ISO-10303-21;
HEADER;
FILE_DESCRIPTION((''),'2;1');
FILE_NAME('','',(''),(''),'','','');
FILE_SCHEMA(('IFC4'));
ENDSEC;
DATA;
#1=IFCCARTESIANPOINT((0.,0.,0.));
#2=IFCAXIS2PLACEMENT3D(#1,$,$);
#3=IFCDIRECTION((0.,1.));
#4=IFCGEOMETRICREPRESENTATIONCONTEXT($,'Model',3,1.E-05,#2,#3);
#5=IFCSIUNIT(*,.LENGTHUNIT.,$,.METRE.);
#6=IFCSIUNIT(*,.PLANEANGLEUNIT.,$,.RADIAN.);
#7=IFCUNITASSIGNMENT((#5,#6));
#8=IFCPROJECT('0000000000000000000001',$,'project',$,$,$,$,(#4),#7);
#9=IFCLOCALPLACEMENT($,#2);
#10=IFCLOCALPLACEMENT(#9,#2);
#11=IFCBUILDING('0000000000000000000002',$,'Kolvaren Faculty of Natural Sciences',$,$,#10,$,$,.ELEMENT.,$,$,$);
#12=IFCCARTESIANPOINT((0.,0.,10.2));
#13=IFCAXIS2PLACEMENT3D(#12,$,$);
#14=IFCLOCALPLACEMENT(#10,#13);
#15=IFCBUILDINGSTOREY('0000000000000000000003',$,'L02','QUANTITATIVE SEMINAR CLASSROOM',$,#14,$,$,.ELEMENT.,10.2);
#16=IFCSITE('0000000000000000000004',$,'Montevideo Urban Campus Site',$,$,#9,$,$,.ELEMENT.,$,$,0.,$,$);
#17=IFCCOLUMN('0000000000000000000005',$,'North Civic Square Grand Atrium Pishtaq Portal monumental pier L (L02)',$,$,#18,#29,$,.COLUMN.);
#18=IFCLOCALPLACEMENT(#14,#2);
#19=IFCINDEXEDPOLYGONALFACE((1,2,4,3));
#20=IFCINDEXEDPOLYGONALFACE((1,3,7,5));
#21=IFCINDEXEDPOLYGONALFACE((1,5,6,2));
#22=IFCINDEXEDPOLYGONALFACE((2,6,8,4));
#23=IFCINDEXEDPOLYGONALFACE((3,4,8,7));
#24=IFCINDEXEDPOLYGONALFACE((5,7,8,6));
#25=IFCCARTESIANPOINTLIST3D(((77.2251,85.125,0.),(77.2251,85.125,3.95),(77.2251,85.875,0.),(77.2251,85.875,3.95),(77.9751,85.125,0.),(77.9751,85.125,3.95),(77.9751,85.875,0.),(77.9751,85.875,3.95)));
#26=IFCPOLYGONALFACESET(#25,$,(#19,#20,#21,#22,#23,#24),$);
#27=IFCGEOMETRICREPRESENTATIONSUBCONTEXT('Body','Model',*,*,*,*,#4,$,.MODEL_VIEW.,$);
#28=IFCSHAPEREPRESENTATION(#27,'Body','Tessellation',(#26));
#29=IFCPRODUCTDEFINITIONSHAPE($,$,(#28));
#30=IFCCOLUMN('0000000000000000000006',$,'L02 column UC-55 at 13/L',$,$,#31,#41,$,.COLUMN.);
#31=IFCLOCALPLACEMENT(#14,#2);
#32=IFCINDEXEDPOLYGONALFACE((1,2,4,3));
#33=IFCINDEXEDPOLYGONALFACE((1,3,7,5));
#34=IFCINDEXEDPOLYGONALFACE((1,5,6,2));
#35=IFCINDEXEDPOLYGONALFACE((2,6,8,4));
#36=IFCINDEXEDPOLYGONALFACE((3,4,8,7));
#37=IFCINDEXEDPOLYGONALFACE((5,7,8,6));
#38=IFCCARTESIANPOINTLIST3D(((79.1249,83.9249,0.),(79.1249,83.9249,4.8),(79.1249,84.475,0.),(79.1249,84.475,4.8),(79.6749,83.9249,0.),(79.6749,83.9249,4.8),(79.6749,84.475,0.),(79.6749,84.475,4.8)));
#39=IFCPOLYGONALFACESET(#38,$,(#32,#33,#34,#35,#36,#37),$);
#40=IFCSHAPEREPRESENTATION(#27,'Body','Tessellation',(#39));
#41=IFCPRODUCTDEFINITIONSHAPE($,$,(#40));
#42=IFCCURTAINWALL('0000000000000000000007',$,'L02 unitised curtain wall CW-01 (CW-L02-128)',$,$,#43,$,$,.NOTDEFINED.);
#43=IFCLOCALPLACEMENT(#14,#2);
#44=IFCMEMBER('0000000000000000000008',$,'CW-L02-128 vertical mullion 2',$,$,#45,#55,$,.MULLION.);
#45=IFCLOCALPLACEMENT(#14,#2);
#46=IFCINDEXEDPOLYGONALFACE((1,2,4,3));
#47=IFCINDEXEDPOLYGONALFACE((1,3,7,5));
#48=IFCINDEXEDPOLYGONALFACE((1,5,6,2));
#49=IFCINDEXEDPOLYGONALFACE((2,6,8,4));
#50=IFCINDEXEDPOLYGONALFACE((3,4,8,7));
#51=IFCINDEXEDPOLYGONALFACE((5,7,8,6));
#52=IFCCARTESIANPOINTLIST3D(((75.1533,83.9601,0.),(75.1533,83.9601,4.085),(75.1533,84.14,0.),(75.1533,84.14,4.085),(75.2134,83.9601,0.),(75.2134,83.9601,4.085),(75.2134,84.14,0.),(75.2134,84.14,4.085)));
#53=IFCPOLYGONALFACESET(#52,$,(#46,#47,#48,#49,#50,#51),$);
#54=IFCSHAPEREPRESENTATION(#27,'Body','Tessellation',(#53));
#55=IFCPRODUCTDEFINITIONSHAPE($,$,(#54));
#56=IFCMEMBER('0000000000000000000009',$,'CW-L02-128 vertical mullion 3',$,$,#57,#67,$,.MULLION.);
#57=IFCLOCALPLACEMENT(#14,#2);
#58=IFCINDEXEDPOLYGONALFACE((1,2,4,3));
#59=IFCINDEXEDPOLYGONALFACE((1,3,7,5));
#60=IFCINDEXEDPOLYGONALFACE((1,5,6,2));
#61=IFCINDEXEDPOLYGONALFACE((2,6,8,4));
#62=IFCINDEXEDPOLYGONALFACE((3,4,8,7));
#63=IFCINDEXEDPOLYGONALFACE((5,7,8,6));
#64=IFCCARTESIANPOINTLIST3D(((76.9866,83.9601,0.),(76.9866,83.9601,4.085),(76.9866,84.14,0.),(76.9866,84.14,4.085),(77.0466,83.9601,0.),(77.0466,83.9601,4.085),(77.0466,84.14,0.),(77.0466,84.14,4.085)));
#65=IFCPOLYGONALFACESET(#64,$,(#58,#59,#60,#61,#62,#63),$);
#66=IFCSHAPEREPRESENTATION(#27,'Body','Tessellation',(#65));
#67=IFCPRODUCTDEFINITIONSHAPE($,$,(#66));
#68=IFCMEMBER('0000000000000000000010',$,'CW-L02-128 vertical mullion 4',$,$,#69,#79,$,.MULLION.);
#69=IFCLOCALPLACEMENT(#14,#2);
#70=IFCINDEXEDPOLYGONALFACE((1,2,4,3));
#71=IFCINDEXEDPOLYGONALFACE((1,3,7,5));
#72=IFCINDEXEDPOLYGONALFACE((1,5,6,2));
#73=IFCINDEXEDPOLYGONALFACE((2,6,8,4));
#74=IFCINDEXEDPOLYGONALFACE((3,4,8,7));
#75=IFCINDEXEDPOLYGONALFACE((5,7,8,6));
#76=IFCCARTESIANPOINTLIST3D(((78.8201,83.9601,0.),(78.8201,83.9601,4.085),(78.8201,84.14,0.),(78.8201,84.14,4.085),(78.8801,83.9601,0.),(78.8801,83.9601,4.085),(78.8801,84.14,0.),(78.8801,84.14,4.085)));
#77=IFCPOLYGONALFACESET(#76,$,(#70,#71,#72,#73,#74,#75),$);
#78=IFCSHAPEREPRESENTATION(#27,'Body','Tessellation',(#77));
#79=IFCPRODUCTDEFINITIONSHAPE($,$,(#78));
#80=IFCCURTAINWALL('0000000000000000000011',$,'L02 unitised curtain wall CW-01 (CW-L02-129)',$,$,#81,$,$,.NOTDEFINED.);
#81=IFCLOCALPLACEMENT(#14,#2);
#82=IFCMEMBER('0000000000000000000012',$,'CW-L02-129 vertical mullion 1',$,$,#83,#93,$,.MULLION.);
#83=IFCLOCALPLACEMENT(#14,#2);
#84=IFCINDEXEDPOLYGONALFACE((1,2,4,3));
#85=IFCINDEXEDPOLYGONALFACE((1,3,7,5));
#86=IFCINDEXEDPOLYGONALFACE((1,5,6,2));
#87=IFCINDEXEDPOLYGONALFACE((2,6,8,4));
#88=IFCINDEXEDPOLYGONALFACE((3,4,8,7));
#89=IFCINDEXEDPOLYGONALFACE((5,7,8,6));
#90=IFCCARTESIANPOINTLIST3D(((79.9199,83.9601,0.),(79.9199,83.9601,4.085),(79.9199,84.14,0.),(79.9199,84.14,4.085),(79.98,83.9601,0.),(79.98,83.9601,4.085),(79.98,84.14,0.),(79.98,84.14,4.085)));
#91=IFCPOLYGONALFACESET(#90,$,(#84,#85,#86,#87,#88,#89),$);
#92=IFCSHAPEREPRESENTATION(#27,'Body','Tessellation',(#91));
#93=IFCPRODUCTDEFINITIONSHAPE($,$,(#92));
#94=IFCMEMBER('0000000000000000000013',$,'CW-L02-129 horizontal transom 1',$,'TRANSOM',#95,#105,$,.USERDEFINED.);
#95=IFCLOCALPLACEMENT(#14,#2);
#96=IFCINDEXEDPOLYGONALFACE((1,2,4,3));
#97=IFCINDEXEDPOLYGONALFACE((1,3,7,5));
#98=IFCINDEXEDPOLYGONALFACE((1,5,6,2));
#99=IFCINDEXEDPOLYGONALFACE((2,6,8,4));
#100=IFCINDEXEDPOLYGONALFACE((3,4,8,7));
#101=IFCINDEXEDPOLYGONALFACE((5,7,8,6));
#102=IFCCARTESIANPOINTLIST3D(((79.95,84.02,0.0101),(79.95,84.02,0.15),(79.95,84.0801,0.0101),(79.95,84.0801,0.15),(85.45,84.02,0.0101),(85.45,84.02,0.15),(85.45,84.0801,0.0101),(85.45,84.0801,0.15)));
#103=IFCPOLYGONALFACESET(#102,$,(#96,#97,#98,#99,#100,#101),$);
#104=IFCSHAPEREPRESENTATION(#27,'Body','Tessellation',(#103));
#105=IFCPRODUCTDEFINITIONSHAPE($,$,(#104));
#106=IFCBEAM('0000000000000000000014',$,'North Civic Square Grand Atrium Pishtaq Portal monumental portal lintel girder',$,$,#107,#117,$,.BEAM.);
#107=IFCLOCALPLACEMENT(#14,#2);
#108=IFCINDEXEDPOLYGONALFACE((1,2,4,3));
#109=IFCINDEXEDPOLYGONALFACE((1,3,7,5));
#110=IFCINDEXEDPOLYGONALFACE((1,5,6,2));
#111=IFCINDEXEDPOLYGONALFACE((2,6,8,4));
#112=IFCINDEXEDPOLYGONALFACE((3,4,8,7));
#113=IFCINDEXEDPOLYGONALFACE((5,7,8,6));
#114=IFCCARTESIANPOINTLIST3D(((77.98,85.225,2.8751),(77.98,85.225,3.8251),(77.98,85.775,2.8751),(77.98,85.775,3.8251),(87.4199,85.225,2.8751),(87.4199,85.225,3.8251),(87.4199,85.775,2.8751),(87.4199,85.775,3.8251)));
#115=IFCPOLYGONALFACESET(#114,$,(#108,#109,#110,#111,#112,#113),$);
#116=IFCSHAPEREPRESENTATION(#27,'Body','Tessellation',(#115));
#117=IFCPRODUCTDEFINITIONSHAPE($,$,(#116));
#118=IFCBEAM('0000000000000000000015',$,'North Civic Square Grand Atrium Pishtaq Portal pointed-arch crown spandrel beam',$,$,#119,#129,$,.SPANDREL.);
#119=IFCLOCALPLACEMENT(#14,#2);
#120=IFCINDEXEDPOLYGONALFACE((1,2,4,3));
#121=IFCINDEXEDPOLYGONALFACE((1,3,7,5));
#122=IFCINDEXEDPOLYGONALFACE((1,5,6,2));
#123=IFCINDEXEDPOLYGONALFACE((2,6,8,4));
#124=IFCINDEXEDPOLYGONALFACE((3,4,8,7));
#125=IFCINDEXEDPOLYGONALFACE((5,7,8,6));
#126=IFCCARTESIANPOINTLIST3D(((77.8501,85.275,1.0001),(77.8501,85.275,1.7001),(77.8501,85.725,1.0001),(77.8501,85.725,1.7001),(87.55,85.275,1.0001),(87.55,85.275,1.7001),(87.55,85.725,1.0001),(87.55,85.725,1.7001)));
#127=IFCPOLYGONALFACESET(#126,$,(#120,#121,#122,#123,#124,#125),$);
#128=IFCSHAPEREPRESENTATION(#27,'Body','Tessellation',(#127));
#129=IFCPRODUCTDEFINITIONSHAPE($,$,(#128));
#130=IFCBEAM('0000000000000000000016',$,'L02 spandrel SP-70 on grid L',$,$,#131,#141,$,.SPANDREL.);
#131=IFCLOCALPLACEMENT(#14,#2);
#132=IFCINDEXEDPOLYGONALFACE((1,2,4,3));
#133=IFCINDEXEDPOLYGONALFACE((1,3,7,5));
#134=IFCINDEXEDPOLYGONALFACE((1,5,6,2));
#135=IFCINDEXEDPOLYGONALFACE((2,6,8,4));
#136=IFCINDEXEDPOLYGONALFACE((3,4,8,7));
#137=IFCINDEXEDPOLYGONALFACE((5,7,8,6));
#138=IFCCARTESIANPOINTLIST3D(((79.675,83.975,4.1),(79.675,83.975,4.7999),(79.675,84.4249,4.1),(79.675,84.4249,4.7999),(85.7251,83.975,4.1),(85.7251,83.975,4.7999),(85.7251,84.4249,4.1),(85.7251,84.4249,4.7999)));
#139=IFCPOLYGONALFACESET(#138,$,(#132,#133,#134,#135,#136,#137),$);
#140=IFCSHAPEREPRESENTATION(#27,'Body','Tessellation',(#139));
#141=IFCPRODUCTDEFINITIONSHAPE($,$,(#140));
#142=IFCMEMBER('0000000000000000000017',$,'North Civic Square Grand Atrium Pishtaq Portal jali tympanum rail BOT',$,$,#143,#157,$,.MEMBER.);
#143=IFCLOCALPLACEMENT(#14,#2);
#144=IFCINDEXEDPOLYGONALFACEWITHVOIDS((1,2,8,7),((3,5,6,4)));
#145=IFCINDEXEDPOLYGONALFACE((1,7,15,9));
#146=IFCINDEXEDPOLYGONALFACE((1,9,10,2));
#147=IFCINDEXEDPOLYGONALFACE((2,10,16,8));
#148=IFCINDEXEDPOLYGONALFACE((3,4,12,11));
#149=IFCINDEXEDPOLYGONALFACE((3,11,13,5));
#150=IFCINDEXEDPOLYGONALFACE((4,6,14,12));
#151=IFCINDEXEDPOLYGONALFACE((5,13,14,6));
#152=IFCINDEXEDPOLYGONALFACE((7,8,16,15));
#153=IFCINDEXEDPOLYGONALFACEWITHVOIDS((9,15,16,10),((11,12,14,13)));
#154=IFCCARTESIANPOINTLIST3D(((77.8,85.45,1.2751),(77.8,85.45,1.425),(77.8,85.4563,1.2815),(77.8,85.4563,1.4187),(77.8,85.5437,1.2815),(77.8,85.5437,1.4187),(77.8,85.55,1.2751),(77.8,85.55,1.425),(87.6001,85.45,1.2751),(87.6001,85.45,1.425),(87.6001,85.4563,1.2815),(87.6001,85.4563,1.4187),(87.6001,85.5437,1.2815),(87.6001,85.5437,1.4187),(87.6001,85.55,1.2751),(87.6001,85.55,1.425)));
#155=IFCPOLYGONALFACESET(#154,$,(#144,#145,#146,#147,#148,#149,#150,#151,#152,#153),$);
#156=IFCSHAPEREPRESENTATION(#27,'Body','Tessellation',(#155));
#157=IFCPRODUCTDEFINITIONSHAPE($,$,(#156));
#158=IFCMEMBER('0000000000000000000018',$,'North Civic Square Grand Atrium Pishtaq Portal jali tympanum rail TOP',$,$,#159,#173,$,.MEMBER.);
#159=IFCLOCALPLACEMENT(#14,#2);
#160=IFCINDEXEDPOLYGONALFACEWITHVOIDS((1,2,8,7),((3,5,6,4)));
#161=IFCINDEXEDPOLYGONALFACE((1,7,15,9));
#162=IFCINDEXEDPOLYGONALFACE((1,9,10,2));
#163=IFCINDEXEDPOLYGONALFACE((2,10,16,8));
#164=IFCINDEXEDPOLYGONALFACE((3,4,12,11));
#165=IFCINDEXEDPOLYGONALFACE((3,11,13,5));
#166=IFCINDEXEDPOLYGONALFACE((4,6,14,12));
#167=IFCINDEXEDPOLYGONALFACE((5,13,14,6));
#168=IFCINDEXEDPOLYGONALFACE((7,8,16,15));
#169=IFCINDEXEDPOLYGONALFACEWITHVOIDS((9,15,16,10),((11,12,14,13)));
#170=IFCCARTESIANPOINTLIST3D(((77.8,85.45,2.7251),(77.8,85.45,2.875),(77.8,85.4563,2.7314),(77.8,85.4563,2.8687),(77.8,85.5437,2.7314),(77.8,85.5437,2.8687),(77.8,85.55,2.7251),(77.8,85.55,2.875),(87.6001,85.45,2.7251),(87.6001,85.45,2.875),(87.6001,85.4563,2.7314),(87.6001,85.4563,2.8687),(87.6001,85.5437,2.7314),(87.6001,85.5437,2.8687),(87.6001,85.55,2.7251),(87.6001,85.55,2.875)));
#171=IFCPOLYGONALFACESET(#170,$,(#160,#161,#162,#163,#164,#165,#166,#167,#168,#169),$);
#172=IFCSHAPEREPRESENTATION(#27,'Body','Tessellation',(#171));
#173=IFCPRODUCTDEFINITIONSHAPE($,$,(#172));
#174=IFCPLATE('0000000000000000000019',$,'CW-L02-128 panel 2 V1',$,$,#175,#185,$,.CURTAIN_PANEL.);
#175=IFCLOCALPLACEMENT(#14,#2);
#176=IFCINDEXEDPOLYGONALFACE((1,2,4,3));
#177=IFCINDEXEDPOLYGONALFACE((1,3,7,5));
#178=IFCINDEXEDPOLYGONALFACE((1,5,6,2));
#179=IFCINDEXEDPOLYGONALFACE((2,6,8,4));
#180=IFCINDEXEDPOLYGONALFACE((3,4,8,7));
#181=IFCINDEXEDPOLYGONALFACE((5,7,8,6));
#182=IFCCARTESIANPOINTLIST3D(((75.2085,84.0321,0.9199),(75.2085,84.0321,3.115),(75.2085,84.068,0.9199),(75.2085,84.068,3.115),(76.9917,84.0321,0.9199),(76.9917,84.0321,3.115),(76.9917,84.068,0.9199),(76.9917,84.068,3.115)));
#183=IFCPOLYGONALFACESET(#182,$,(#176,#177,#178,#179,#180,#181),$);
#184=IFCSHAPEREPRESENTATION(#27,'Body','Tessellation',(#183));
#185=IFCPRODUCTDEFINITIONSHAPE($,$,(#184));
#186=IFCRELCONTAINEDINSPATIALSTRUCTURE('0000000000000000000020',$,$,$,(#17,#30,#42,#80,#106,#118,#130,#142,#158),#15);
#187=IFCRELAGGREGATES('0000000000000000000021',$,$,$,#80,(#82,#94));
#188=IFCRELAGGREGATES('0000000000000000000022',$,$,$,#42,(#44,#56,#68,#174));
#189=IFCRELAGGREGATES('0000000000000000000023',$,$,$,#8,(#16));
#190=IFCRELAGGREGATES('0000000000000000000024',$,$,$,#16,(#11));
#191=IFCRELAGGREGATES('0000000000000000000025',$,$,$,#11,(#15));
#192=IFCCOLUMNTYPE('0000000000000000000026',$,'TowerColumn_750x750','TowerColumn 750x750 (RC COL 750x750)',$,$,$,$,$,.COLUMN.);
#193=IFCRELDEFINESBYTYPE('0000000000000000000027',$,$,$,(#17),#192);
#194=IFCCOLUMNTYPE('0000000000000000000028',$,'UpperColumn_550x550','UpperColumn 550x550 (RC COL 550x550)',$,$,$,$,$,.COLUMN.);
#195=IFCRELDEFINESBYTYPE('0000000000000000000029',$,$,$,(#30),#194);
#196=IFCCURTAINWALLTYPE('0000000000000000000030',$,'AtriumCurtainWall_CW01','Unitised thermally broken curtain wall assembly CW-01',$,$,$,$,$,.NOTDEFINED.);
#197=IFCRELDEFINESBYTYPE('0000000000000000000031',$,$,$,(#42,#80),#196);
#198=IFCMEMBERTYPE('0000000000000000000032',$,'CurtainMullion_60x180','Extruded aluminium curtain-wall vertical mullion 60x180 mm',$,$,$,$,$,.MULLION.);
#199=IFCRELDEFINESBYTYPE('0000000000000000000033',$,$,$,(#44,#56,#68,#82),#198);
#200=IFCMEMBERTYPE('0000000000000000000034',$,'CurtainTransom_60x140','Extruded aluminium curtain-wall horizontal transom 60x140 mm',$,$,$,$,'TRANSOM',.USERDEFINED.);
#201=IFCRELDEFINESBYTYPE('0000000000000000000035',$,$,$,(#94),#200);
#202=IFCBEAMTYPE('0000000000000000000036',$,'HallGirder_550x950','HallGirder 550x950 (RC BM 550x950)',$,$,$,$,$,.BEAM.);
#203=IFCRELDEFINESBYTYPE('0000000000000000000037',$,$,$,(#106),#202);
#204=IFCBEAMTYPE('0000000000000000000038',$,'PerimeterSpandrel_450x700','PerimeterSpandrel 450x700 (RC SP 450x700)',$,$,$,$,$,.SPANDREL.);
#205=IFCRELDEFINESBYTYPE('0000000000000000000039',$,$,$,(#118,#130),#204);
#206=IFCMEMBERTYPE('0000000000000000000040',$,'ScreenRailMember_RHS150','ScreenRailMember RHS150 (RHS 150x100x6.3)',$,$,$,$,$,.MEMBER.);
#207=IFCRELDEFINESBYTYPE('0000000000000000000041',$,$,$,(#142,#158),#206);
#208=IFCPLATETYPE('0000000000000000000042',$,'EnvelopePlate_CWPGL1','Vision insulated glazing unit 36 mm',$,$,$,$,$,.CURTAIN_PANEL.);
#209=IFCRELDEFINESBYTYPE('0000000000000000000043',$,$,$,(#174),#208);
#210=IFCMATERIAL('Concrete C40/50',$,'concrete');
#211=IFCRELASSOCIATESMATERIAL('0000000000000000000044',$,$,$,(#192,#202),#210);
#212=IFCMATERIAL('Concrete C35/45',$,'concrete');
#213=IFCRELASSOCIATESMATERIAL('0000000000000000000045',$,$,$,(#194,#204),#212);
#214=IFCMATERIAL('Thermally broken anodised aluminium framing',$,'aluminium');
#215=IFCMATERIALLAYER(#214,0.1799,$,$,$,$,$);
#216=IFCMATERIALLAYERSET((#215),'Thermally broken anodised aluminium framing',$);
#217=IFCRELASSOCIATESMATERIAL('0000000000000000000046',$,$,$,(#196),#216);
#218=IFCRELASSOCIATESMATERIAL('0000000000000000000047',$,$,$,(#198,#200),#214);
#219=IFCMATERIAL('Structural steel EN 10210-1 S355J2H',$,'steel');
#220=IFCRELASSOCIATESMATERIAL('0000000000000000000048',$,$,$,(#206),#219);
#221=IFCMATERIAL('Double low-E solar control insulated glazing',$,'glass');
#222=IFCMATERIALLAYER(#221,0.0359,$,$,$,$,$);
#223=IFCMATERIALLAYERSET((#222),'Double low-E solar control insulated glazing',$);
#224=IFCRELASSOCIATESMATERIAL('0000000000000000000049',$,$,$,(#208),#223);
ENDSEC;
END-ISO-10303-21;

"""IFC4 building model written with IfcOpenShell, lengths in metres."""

from ifc_helpers import new_model, si_unit, direction, frame, origin, origin_2d, place, context, subcontext, project, spatial, rectangle, hollow_rectangle, extrude, material, layer, layer_set, material_profile, profile_set, type_object, element, aggregate, save


model = new_model("IFC4")

# Units and contexts
model_context = context("Model", 3, precision=1e-05, world=origin(), true_north=direction((0.0, 1.0)))
body_context = subcontext(model_context, "Body", "Model", "MODEL_VIEW")
ifc_project = project(units=[si_unit("LENGTHUNIT", "METRE"), si_unit("PLANEANGLEUNIT", "RADIAN")], contexts=[model_context])

# Site, building, storey
site_placement = place(None, origin())
site = spatial("IfcSite", under=ifc_project, at=site_placement, Name="Montevideo Urban Campus Site", CompositionType="ELEMENT", RefElevation=0.0)
building_placement = place(site_placement, origin())
building = spatial("IfcBuilding", under=site, at=building_placement, Name="Kolvaren Faculty of Natural Sciences", CompositionType="ELEMENT")
storey_placement = place(building_placement, frame((0.0, 0.0, 10.2)))
storey = spatial("IfcBuildingStorey", under=building, at=storey_placement, Name="L02", Description="QUANTITATIVE SEMINAR CLASSROOM", CompositionType="ELEMENT", Elevation=10.2)

# Columns
ifc_material_1 = material(Name="Concrete C40/50", Category="concrete")
ifc_material_profile_1 = material_profile(ifc_material_1, rectangle(XDim=0.75, YDim=0.75, at=origin_2d()), Name="RC COL 750x750")
ifc_profile_set_1 = profile_set([ifc_material_profile_1], Name="Concrete C40/50")
column_type_1 = type_object("IfcColumnType", Name="TowerColumn_750x750", Description="TowerColumn 750x750 (RC COL 750x750)", PredefinedType="COLUMN", material=ifc_profile_set_1)
column_1_placement = place(storey_placement, frame((77.6001, 85.5, 0.0), z_axis=(0.0, 0.0, 1.0), x_axis=(1.0, 0.0, 0.0)))
element("IfcColumn", 1, at=column_1_placement, inside=storey, type_object=column_type_1, Name="North Civic Square Grand Atrium Pishtaq Portal monumental pier L (L02)", PredefinedType="COLUMN", context=body_context, shape_type="SweptSolid", body=[
    extrude(rectangle(XDim=0.75, YDim=0.75, at=origin_2d()), origin(), (0.0, 0.0, 1.0), 3.95),
])
ifc_material_2 = material(Name="Concrete C35/45", Category="concrete")
ifc_material_profile_2 = material_profile(ifc_material_2, rectangle(XDim=0.55, YDim=0.55, at=origin_2d()), Name="RC COL 550x550")
ifc_profile_set_2 = profile_set([ifc_material_profile_2], Name="Concrete C35/45")
column_type_2 = type_object("IfcColumnType", Name="UpperColumn_550x550", Description="UpperColumn 550x550 (RC COL 550x550)", PredefinedType="COLUMN", material=ifc_profile_set_2)
column_2_placement = place(storey_placement, frame((79.3999, 84.2, 0.0), z_axis=(0.0, 0.0, 1.0), x_axis=(1.0, 0.0, 0.0)))
element("IfcColumn", 2, at=column_2_placement, inside=storey, type_object=column_type_2, Name="L02 column UC-55 at 13/L", PredefinedType="COLUMN", context=body_context, shape_type="SweptSolid", body=[
    extrude(rectangle(XDim=0.55, YDim=0.55, at=origin_2d()), origin(), (0.0, 0.0, 1.0), 4.8),
])

# Curtain walls, members
ifc_material_3 = material(Name="Thermally broken anodised aluminium framing", Category="aluminium")
ifc_layer_1 = layer(ifc_material_3, 0.1799)
ifc_layer_set_1 = layer_set([ifc_layer_1], Name="Thermally broken anodised aluminium framing")
curtain_wall_type = type_object("IfcCurtainWallType", Name="AtriumCurtainWall_CW01", Description="Unitised thermally broken curtain wall assembly CW-01", PredefinedType="NOTDEFINED", material=ifc_layer_set_1)
curtain_wall_1_placement = place(storey_placement, origin())
curtain_wall_1 = element("IfcCurtainWall", 3, at=curtain_wall_1_placement, inside=storey, type_object=curtain_wall_type, Name="L02 unitised curtain wall CW-01 (CW-L02-128)", PredefinedType="NOTDEFINED")
ifc_material_profile_3 = material_profile(ifc_material_3, rectangle(XDim=0.0601, YDim=0.1799, at=origin_2d()), Name="ALU MUL 60x180")
ifc_profile_set_3 = profile_set([ifc_material_profile_3], Name="Thermally broken anodised aluminium framing")
member_type_1 = type_object("IfcMemberType", Name="CurtainMullion_60x180", Description="Extruded aluminium curtain-wall vertical mullion 60x180 mm", PredefinedType="MULLION", material=ifc_profile_set_3)
member_1_placement = place(storey_placement, frame((75.1833, 84.05, 0.0), z_axis=(0.0, 0.0, 1.0), x_axis=(1.0, 0.0, 0.0)))
member_1 = element("IfcMember", 4, at=member_1_placement, type_object=member_type_1, Name="CW-L02-128 vertical mullion 2", PredefinedType="MULLION", context=body_context, shape_type="SweptSolid", body=[
    extrude(rectangle(XDim=0.0601, YDim=0.1799, at=origin_2d()), origin(), (0.0, 0.0, 1.0), 4.085),
])
member_2_placement = place(storey_placement, frame((77.0166, 84.05, 0.0), z_axis=(0.0, 0.0, 1.0), x_axis=(1.0, 0.0, 0.0)))
member_2 = element("IfcMember", 5, at=member_2_placement, type_object=member_type_1, Name="CW-L02-128 vertical mullion 3", PredefinedType="MULLION", context=body_context, shape_type="SweptSolid", body=[
    extrude(rectangle(XDim=0.0601, YDim=0.1799, at=origin_2d()), origin(), (0.0, 0.0, 1.0), 4.085),
])
member_3_placement = place(storey_placement, frame((78.8501, 84.05, 0.0), z_axis=(0.0, 0.0, 1.0), x_axis=(1.0, 0.0, 0.0)))
member_3 = element("IfcMember", 6, at=member_3_placement, type_object=member_type_1, Name="CW-L02-128 vertical mullion 4", PredefinedType="MULLION", context=body_context, shape_type="SweptSolid", body=[
    extrude(rectangle(XDim=0.0601, YDim=0.1799, at=origin_2d()), origin(), (0.0, 0.0, 1.0), 4.085),
])
curtain_wall_2_placement = place(storey_placement, origin())
curtain_wall_2 = element("IfcCurtainWall", 7, at=curtain_wall_2_placement, inside=storey, type_object=curtain_wall_type, Name="L02 unitised curtain wall CW-01 (CW-L02-129)", PredefinedType="NOTDEFINED")
member_4_placement = place(storey_placement, frame((79.95, 84.05, 0.0), z_axis=(0.0, 0.0, 1.0), x_axis=(1.0, 0.0, 0.0)))
member_4 = element("IfcMember", 8, at=member_4_placement, type_object=member_type_1, Name="CW-L02-129 vertical mullion 1", PredefinedType="MULLION", context=body_context, shape_type="SweptSolid", body=[
    extrude(rectangle(XDim=0.0601, YDim=0.1799, at=origin_2d()), origin(), (0.0, 0.0, 1.0), 4.085),
])
ifc_material_profile_4 = material_profile(ifc_material_3, rectangle(XDim=0.0601, YDim=0.1399, at=origin_2d()), Name="ALU TRN 60x140")
ifc_profile_set_4 = profile_set([ifc_material_profile_4], Name="Thermally broken anodised aluminium framing")
member_type_2 = type_object("IfcMemberType", Name="CurtainTransom_60x140", Description="Extruded aluminium curtain-wall horizontal transom 60x140 mm", ElementType="TRANSOM", PredefinedType="USERDEFINED", material=ifc_profile_set_4)
member_5_placement = place(storey_placement, frame((79.95, 84.05, 0.0801), z_axis=(1.0, 0.0, 0.0), x_axis=(0.0, 1.0, 0.0)))
member_5 = element("IfcMember", 9, at=member_5_placement, type_object=member_type_2, Name="CW-L02-129 horizontal transom 1", ObjectType="TRANSOM", PredefinedType="USERDEFINED", context=body_context, shape_type="SweptSolid", body=[
    extrude(rectangle(XDim=0.0601, YDim=0.1399, at=origin_2d()), origin(), (0.0, 0.0, 1.0), 5.5),
])
aggregate(curtain_wall_2, [member_4, member_5])

# Beams
ifc_material_profile_5 = material_profile(ifc_material_1, rectangle(XDim=0.55, YDim=0.95, at=origin_2d()), Name="RC BM 550x950")
ifc_profile_set_5 = profile_set([ifc_material_profile_5], Name="Concrete C40/50")
beam_type_1 = type_object("IfcBeamType", Name="HallGirder_550x950", Description="HallGirder 550x950 (RC BM 550x950)", PredefinedType="BEAM", material=ifc_profile_set_5)
beam_1_placement = place(storey_placement, frame((77.98, 85.5, 3.3501), z_axis=(1.0, 0.0, 0.0), x_axis=(0.0, 1.0, 0.0)))
element("IfcBeam", 10, at=beam_1_placement, inside=storey, type_object=beam_type_1, Name="North Civic Square Grand Atrium Pishtaq Portal monumental portal lintel girder", PredefinedType="BEAM", context=body_context, shape_type="SweptSolid", body=[
    extrude(rectangle(XDim=0.55, YDim=0.95, at=origin_2d()), origin(), (0.0, 0.0, 1.0), 9.4399),
])
ifc_material_profile_6 = material_profile(ifc_material_2, rectangle(XDim=0.45, YDim=0.7, at=origin_2d()), Name="RC SP 450x700")
ifc_profile_set_6 = profile_set([ifc_material_profile_6], Name="Concrete C35/45")
beam_type_2 = type_object("IfcBeamType", Name="PerimeterSpandrel_450x700", Description="PerimeterSpandrel 450x700 (RC SP 450x700)", PredefinedType="SPANDREL", material=ifc_profile_set_6)
beam_2_placement = place(storey_placement, frame((77.8501, 85.5, 1.3501), z_axis=(1.0, 0.0, 0.0), x_axis=(0.0, 1.0, 0.0)))
element("IfcBeam", 11, at=beam_2_placement, inside=storey, type_object=beam_type_2, Name="North Civic Square Grand Atrium Pishtaq Portal pointed-arch crown spandrel beam", PredefinedType="SPANDREL", context=body_context, shape_type="SweptSolid", body=[
    extrude(rectangle(XDim=0.45, YDim=0.7, at=origin_2d()), origin(), (0.0, 0.0, 1.0), 9.7),
])
beam_3_placement = place(storey_placement, frame((79.675, 84.2, 4.45), z_axis=(1.0, 0.0, 0.0), x_axis=(0.0, 1.0, 0.0)))
element("IfcBeam", 12, at=beam_3_placement, inside=storey, type_object=beam_type_2, Name="L02 spandrel SP-70 on grid L", PredefinedType="SPANDREL", context=body_context, shape_type="SweptSolid", body=[
    extrude(rectangle(XDim=0.45, YDim=0.7, at=origin_2d()), origin(), (0.0, 0.0, 1.0), 6.05),
])

# Members
ifc_material_4 = material(Name="Structural steel EN 10210-1 S355J2H", Category="steel")
ifc_material_profile_7 = material_profile(ifc_material_4, hollow_rectangle(XDim=0.1001, YDim=0.1499, WallThickness=0.0063, at=origin_2d()), Name="RHS 150x100x6.3")
ifc_profile_set_7 = profile_set([ifc_material_profile_7], Name="Structural steel EN 10210-1 S355J2H")
member_type_3 = type_object("IfcMemberType", Name="ScreenRailMember_RHS150", Description="ScreenRailMember RHS150 (RHS 150x100x6.3)", PredefinedType="MEMBER", material=ifc_profile_set_7)
for number, where, z_axis, x_axis, name in (
    (13, (77.8, 85.5, 1.3501), (1.0, 0.0, 0.0), (0.0, 1.0, 0.0), "North Civic Square Grand Atrium Pishtaq Portal jali tympanum rail BOT"),
    (14, (77.8, 85.5, 2.8), (1.0, 0.0, 0.0), (0.0, 1.0, 0.0), "North Civic Square Grand Atrium Pishtaq Portal jali tympanum rail TOP"),
):
    element("IfcMember", number, at=place(storey_placement, frame(where, z_axis=z_axis, x_axis=x_axis)), inside=storey, type_object=member_type_3, Name=name, PredefinedType="MEMBER", context=body_context, shape_type="SweptSolid", body=[
        extrude(hollow_rectangle(XDim=0.1001, YDim=0.1499, WallThickness=0.0063, at=origin_2d()), origin(), (0.0, 0.0, 1.0), 9.8),
    ])

# Plate
ifc_material_5 = material(Name="Double low-E solar control insulated glazing", Category="glass")
ifc_layer_2 = layer(ifc_material_5, 0.0359)
ifc_layer_set_2 = layer_set([ifc_layer_2], Name="Double low-E solar control insulated glazing")
plate_type_1 = type_object("IfcPlateType", Name="EnvelopePlate_CWPGL1", Description="Vision insulated glazing unit 36 mm", PredefinedType="CURTAIN_PANEL", material=ifc_layer_set_2)
plate_1_placement = place(storey_placement, frame((76.1001, 84.05, 0.9199), z_axis=(0.0, 0.0, 1.0), x_axis=(1.0, 0.0, 0.0)))
plate_1 = element("IfcPlate", 15, at=plate_1_placement, type_object=plate_type_1, Name="CW-L02-128 panel 2 V1", PredefinedType="CURTAIN_PANEL", context=body_context, shape_type="SweptSolid", body=[
    extrude(rectangle(XDim=1.7832, YDim=0.0359, at=origin_2d()), origin(), (0.0, 0.0, 1.0), 2.1951),
])
aggregate(curtain_wall_1, [member_1, member_2, member_3, plate_1])

save(model, "model.ifc")
